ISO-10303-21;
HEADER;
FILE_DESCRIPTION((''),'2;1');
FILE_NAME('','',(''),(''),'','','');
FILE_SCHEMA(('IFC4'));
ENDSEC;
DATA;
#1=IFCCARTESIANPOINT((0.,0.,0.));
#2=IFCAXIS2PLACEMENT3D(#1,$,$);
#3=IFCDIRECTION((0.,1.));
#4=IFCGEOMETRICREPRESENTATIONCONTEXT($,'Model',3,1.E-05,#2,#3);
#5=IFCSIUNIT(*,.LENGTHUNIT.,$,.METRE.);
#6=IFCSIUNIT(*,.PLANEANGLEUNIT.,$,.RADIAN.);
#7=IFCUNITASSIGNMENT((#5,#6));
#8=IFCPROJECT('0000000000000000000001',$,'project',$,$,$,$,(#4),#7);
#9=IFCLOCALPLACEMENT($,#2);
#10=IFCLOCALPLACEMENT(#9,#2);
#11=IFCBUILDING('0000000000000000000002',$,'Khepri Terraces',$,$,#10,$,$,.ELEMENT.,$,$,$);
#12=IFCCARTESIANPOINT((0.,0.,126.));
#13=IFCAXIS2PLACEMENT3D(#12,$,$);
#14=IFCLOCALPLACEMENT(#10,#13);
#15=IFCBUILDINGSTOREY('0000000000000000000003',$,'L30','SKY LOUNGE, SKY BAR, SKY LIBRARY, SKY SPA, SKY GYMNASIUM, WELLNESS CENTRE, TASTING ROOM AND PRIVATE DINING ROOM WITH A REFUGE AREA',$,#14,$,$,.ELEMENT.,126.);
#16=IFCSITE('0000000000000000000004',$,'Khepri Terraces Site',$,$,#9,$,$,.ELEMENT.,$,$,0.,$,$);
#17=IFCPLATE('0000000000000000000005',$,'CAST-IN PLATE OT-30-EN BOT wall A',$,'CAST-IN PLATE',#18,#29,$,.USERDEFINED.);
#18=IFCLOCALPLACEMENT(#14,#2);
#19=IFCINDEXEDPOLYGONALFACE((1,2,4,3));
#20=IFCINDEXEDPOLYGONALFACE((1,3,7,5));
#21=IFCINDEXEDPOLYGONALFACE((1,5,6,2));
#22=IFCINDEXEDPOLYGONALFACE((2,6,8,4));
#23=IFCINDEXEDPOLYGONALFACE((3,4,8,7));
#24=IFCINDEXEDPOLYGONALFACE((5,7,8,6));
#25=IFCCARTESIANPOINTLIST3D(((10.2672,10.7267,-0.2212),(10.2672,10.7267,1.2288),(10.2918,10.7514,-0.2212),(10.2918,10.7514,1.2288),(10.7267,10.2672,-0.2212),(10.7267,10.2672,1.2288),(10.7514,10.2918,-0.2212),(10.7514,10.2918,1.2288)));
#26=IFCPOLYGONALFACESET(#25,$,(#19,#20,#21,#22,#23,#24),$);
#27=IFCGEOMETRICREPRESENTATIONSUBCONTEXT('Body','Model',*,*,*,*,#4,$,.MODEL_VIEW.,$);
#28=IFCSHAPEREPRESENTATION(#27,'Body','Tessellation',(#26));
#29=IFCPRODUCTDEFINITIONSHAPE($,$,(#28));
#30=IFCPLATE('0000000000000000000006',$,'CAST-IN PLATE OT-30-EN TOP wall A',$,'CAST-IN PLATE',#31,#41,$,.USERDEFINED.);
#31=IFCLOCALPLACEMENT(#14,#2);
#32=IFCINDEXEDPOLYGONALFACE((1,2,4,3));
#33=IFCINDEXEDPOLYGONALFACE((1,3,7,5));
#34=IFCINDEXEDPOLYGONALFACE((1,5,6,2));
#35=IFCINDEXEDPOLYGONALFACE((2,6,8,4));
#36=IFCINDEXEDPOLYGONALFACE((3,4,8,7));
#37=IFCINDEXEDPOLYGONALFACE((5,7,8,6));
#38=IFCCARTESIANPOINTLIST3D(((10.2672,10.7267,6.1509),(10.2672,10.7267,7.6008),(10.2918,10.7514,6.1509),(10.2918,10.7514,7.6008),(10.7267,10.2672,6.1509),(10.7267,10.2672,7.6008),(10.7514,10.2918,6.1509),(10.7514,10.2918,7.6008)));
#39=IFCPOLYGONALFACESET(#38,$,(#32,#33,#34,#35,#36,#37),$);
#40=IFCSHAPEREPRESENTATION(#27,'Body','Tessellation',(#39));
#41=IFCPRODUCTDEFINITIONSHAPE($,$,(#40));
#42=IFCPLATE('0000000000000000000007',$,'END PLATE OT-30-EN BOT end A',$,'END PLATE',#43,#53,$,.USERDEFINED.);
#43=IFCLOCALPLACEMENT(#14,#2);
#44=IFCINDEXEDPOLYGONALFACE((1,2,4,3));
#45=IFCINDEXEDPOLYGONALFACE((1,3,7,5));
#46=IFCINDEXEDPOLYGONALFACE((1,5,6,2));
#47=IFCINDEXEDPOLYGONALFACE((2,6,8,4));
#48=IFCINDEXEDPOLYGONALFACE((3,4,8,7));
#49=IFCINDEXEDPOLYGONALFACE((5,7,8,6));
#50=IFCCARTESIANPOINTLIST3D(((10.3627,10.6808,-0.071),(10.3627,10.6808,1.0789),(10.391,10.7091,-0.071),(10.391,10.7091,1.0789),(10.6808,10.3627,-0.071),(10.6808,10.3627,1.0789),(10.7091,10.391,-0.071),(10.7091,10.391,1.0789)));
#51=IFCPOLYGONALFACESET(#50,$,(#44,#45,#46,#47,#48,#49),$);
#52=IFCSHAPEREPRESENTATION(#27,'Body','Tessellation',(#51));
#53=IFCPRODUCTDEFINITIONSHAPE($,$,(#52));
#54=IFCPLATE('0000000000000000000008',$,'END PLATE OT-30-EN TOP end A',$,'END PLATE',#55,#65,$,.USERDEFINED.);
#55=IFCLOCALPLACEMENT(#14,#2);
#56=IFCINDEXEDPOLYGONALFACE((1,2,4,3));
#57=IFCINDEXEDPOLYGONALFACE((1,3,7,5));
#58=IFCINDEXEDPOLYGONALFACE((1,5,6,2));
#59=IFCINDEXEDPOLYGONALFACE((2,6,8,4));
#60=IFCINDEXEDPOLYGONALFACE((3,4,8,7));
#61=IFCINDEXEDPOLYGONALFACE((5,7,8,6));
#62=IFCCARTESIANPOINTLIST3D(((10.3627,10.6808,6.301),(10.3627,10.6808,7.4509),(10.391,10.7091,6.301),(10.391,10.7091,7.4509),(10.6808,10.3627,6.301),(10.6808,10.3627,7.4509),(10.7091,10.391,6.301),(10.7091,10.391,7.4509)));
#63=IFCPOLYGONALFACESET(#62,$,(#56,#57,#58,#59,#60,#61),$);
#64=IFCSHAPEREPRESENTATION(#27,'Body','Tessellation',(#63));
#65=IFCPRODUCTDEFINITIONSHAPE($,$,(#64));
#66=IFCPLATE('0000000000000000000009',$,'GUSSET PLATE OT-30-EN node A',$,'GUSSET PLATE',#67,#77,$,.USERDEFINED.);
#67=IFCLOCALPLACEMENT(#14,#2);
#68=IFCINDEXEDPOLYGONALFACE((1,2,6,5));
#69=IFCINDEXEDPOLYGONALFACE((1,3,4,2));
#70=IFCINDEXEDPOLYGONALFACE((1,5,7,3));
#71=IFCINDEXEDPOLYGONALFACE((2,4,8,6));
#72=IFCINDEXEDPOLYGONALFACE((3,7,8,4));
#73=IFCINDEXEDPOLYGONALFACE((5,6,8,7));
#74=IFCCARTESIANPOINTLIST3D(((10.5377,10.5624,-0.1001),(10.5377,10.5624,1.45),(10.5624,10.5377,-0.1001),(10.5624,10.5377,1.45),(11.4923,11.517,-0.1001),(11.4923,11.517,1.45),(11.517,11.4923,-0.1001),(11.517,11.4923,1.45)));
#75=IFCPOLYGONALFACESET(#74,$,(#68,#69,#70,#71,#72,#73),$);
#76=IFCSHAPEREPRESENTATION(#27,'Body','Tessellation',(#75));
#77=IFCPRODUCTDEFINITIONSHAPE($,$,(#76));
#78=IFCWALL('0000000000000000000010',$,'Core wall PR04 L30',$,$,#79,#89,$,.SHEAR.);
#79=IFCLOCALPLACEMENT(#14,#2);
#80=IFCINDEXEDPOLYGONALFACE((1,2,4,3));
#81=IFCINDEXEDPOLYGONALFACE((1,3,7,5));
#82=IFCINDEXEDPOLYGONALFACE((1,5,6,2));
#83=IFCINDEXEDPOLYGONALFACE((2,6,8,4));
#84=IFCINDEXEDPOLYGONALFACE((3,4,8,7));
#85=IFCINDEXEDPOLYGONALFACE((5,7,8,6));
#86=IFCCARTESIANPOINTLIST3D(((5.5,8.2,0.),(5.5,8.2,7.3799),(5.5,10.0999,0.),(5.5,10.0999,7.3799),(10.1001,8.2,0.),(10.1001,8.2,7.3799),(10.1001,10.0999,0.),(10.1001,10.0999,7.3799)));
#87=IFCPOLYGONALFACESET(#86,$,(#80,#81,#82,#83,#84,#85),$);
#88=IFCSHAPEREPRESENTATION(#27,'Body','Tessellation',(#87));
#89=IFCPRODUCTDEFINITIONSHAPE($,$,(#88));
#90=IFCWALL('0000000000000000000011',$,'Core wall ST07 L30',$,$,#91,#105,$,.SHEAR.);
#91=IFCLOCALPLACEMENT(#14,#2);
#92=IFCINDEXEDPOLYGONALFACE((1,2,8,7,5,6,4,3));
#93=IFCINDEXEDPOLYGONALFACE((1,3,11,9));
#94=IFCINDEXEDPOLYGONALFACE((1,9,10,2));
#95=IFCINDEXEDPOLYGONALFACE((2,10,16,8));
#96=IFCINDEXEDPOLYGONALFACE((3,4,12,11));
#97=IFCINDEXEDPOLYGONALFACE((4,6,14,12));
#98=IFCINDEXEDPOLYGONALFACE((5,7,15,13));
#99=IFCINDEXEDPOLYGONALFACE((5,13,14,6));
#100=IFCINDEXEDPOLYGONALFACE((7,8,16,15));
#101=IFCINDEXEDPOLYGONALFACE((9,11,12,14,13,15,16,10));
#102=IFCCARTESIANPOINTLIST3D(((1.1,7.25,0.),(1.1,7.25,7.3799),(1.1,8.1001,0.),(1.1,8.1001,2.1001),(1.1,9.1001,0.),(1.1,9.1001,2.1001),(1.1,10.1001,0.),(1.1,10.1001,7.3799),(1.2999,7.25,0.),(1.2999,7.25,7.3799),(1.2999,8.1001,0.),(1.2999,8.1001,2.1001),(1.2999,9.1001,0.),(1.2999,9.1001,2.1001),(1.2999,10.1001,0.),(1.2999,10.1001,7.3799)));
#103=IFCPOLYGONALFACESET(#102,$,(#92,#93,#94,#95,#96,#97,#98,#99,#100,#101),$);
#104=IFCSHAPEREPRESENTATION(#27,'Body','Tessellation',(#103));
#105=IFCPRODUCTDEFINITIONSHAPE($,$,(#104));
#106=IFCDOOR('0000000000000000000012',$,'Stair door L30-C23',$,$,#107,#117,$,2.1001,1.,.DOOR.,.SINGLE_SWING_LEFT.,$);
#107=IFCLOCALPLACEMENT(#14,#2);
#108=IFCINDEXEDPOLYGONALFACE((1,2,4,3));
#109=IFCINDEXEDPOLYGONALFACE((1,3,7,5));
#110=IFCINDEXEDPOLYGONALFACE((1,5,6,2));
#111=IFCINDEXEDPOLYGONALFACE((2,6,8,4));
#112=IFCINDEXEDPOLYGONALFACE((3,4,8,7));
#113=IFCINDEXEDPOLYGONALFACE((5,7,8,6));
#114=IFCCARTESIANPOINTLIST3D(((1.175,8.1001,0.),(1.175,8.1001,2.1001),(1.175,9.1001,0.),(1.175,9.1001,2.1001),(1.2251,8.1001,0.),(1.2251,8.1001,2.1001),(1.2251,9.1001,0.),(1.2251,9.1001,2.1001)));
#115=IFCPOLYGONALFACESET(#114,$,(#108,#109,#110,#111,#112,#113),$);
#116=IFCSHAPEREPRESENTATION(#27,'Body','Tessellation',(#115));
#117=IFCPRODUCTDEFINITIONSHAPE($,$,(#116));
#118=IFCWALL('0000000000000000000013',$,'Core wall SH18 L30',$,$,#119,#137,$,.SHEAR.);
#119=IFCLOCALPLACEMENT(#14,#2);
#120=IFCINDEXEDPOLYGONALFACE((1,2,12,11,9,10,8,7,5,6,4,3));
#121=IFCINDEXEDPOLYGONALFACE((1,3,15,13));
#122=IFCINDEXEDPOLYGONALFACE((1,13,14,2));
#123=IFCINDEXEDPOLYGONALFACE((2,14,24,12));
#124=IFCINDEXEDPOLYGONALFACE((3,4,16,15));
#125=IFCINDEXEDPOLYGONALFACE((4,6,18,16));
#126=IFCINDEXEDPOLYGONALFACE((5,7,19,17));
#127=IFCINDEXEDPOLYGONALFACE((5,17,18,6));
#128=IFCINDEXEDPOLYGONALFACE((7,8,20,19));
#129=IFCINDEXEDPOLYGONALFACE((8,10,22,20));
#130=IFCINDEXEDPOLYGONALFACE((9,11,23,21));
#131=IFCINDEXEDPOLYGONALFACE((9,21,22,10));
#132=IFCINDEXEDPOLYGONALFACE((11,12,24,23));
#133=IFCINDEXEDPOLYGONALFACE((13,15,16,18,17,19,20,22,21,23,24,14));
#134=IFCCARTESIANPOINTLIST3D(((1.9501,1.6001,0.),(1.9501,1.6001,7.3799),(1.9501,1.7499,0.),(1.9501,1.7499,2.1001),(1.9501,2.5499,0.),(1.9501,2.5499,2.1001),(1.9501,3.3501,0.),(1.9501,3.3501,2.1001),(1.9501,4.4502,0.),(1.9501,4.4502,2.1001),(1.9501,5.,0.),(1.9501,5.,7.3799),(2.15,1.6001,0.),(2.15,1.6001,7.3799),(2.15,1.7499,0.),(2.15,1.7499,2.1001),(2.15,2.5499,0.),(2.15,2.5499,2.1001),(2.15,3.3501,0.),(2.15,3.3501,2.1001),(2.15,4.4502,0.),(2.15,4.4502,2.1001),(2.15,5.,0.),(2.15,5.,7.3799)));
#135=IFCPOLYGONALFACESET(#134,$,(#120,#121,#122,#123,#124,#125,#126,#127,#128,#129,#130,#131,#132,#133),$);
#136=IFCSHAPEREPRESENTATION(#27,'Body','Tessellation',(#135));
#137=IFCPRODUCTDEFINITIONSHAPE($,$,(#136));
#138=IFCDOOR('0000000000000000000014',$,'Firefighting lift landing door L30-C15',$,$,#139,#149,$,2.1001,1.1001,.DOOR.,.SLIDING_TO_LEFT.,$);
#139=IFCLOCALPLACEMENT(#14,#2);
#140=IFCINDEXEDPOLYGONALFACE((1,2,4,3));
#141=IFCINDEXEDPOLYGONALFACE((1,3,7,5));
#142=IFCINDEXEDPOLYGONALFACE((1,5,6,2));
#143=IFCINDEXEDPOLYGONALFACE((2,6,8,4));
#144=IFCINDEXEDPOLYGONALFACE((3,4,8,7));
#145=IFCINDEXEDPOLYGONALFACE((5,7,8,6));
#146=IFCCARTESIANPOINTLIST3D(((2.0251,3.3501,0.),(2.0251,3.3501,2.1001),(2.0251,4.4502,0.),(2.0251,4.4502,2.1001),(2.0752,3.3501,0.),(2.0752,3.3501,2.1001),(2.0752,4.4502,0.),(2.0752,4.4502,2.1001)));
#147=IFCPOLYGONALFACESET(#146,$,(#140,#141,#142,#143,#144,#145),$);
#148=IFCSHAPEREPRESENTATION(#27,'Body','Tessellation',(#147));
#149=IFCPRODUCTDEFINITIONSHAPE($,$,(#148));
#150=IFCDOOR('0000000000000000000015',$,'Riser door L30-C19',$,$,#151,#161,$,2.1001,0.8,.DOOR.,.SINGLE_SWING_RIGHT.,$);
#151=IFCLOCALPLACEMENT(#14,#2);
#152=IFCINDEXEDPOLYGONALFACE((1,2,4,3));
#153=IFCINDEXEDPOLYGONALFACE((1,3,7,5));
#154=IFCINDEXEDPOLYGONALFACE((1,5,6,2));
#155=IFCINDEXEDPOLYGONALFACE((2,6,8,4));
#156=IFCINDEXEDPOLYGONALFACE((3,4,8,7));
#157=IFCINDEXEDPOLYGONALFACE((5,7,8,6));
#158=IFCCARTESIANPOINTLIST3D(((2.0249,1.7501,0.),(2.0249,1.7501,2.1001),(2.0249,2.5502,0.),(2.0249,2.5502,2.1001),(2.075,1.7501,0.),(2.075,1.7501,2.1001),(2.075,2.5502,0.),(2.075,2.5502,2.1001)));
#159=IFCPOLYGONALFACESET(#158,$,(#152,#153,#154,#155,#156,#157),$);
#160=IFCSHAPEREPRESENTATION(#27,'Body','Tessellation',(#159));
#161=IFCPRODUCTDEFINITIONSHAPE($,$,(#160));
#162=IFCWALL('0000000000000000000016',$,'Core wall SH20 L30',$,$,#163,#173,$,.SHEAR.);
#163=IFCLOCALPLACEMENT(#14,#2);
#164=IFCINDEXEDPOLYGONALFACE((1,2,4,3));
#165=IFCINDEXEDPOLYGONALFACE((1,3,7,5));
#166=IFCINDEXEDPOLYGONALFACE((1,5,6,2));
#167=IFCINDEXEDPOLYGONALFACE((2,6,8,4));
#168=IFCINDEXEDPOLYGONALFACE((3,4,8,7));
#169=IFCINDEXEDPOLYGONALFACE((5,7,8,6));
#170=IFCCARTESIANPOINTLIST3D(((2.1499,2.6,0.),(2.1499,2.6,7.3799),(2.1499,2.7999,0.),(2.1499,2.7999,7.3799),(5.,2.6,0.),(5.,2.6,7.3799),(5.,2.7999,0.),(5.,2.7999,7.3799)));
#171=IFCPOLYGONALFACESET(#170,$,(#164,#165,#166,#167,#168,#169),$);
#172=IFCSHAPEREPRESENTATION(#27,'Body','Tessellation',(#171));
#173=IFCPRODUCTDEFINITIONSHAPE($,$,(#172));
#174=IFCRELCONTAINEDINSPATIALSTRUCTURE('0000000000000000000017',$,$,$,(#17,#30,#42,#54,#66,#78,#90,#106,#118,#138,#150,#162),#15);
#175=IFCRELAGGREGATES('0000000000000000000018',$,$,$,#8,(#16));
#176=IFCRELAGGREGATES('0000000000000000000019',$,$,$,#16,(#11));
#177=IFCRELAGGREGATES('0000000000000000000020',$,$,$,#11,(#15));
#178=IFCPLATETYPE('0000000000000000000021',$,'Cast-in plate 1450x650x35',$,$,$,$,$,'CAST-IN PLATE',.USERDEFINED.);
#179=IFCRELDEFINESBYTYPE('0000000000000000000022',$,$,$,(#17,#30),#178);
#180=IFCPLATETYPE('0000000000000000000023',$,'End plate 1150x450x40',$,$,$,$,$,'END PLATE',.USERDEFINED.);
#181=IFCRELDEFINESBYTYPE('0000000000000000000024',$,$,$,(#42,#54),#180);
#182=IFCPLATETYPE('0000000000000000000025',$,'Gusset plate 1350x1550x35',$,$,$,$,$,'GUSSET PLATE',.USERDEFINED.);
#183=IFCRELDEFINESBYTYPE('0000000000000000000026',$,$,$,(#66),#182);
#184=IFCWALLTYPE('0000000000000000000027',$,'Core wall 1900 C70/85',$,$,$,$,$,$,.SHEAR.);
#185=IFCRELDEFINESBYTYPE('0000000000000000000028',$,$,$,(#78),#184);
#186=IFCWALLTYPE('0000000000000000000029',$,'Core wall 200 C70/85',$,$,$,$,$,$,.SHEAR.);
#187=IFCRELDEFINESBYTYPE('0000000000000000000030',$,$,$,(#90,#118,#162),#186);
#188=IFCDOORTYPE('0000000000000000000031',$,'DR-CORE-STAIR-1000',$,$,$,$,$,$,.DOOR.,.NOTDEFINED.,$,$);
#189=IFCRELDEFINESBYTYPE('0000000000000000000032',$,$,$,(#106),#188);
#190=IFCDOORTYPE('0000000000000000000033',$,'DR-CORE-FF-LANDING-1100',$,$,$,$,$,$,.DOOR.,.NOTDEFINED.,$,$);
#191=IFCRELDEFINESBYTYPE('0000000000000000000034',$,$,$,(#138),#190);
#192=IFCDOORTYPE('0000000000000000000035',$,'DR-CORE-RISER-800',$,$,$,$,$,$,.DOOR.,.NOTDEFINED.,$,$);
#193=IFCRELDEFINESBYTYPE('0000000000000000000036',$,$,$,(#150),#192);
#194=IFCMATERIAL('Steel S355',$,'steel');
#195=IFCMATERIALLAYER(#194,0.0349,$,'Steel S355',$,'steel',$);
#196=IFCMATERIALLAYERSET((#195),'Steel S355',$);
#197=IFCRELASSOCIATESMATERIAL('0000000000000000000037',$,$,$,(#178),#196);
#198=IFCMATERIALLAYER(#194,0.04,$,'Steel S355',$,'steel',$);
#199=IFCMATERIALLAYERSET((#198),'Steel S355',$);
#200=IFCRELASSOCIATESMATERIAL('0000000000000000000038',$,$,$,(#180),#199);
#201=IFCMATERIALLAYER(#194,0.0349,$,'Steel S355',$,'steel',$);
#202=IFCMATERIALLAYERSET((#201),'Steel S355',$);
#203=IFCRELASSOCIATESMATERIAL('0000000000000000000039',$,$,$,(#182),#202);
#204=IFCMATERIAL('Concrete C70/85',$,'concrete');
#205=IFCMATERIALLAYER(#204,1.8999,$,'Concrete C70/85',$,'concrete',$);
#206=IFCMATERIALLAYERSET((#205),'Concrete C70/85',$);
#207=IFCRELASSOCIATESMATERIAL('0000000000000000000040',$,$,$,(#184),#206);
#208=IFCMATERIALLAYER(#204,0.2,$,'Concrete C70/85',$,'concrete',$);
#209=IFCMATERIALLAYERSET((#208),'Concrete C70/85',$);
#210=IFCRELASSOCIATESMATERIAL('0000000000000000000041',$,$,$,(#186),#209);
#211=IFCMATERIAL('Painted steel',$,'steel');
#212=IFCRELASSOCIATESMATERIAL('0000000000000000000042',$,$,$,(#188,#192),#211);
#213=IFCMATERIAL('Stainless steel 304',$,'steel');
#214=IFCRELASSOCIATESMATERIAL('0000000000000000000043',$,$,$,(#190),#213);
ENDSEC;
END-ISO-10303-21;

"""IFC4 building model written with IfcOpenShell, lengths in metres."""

from ifc_helpers import new_model, si_unit, direction, frame, frame_2d, origin, origin_2d, place, context, subcontext, project, spatial, rectangle, extrude, material, layer, layer_set, type_object, element, fill, save


model = new_model("IFC4")

# Units and contexts
model_context = context("Model", 3, precision=1e-05, world=origin(), true_north=direction((0.0, 1.0)))
body_context = subcontext(model_context, "Body", "Model", "MODEL_VIEW")
ifc_project = project(units=[si_unit("LENGTHUNIT", "METRE"), si_unit("PLANEANGLEUNIT", "RADIAN")], contexts=[model_context])

# Site, building, storey
site_placement = place(None, origin())
site = spatial("IfcSite", under=ifc_project, at=site_placement, Name="Khepri Terraces Site", CompositionType="ELEMENT", RefElevation=0.0)
building_placement = place(site_placement, origin())
building = spatial("IfcBuilding", under=site, at=building_placement, Name="Khepri Terraces", CompositionType="ELEMENT")
storey_placement = place(building_placement, frame((0.0, 0.0, 126.0)))
storey = spatial("IfcBuildingStorey", under=building, at=storey_placement, Name="L30", Description="SKY LOUNGE, SKY BAR, SKY LIBRARY, SKY SPA, SKY GYMNASIUM, WELLNESS CENTRE, TASTING ROOM AND PRIVATE DINING ROOM WITH A REFUGE AREA", CompositionType="ELEMENT", Elevation=126.0)

# Shared definitions
ifc_material_1 = material(Name="Steel S355", Category="steel")

# Plates
ifc_layer_1 = layer(ifc_material_1, 0.0349, Name="Steel S355", Category="steel")
ifc_layer_set_1 = layer_set([ifc_layer_1], Name="Steel S355")
plate_type_1 = type_object("IfcPlateType", Name="Cast-in plate 1450x650x35", ElementType="CAST-IN PLATE", PredefinedType="USERDEFINED", material=ifc_layer_set_1)
for number, where, z_axis, x_axis, name in (
    (1, (10.5093, 10.5093, -0.2212), (0.0, 0.0, 1.0), (0.707107, 0.707107, 0.0), "CAST-IN PLATE OT-30-EN BOT wall A"),
    (2, (10.5093, 10.5093, 6.1509), (0.0, 0.0, 1.0), (0.707107, 0.707107, 0.0), "CAST-IN PLATE OT-30-EN TOP wall A"),
):
    element("IfcPlate", number, at=place(storey_placement, frame(where, z_axis=z_axis, x_axis=x_axis)), inside=storey, type_object=plate_type_1, Name=name, ObjectType="CAST-IN PLATE", PredefinedType="USERDEFINED", context=body_context, shape_type="SweptSolid", body=[
        extrude(rectangle(XDim=0.0349, YDim=0.6499, at=origin_2d()), origin(), (0.0, 0.0, 1.0), 1.45),
    ])
ifc_layer_2 = layer(ifc_material_1, 0.04, Name="Steel S355", Category="steel")
ifc_layer_set_2 = layer_set([ifc_layer_2], Name="Steel S355")
plate_type_2 = type_object("IfcPlateType", Name="End plate 1150x450x40", ElementType="END PLATE", PredefinedType="USERDEFINED", material=ifc_layer_set_2)
for number, where, z_axis, x_axis, name in (
    (3, (10.5359, 10.5359, -0.071), (0.0, 0.0, 1.0), (0.707107, 0.707107, 0.0), "END PLATE OT-30-EN BOT end A"),
    (4, (10.5359, 10.5359, 6.301), (0.0, 0.0, 1.0), (0.707107, 0.707107, 0.0), "END PLATE OT-30-EN TOP end A"),
):
    element("IfcPlate", number, at=place(storey_placement, frame(where, z_axis=z_axis, x_axis=x_axis)), inside=storey, type_object=plate_type_2, Name=name, ObjectType="END PLATE", PredefinedType="USERDEFINED", context=body_context, shape_type="SweptSolid", body=[
        extrude(rectangle(XDim=0.04, YDim=0.45, at=origin_2d()), origin(), (0.0, 0.0, 1.0), 1.1499),
    ])
ifc_layer_3 = layer(ifc_material_1, 0.0349, Name="Steel S355", Category="steel")
ifc_layer_set_3 = layer_set([ifc_layer_3], Name="Steel S355")
plate_type_3 = type_object("IfcPlateType", Name="Gusset plate 1350x1550x35", ElementType="GUSSET PLATE", PredefinedType="USERDEFINED", material=ifc_layer_set_3)
plate_placement = place(storey_placement, frame((11.0273, 11.0273, -0.1001), z_axis=(0.0, 0.0, 1.0), x_axis=(0.707107, 0.707107, 0.0)))
element("IfcPlate", 5, at=plate_placement, inside=storey, type_object=plate_type_3, Name="GUSSET PLATE OT-30-EN node A", ObjectType="GUSSET PLATE", PredefinedType="USERDEFINED", context=body_context, shape_type="SweptSolid", body=[
    extrude(rectangle(XDim=1.3501, YDim=0.0349, at=origin_2d()), origin(), (0.0, 0.0, 1.0), 1.55),
])

# Wall
ifc_material_2 = material(Name="Concrete C70/85", Category="concrete")
ifc_layer_4 = layer(ifc_material_2, 1.8999, Name="Concrete C70/85", Category="concrete")
ifc_layer_set_4 = layer_set([ifc_layer_4], Name="Concrete C70/85")
wall_type_1 = type_object("IfcWallType", Name="Core wall 1900 C70/85", PredefinedType="SHEAR", material=ifc_layer_set_4)
wall_1_placement = place(storey_placement, frame((5.5, 9.1499, 0.0), z_axis=(0.0, 0.0, 1.0), x_axis=(1.0, 0.0, 0.0)))
element("IfcWall", 6, at=wall_1_placement, inside=storey, type_object=wall_type_1, Name="Core wall PR04 L30", PredefinedType="SHEAR", context=body_context, shape_type="SweptSolid", body=[
    extrude(rectangle(XDim=4.6001, YDim=1.8999, at=frame_2d((2.3, 0.0))), origin(), (0.0, 0.0, 1.0), 7.3799),
])

# Wall, opening, door
ifc_layer_5 = layer(ifc_material_2, 0.2, Name="Concrete C70/85", Category="concrete")
ifc_layer_set_5 = layer_set([ifc_layer_5], Name="Concrete C70/85")
wall_type_2 = type_object("IfcWallType", Name="Core wall 200 C70/85", PredefinedType="SHEAR", material=ifc_layer_set_5)
wall_2_placement = place(storey_placement, frame((1.2, 7.25, 0.0), z_axis=(0.0, 0.0, 1.0), x_axis=(0.0, 1.0, 0.0)))
wall_2 = element("IfcWall", 7, at=wall_2_placement, inside=storey, type_object=wall_type_2, Name="Core wall ST07 L30", PredefinedType="SHEAR", context=body_context, shape_type="SweptSolid", body=[
    extrude(rectangle(XDim=2.8501, YDim=0.2, at=frame_2d((1.425, 0.0))), origin(), (0.0, 0.0, 1.0), 7.3799),
])
opening_1_placement = place(wall_2_placement, frame((0.8501, 0.0, 0.0)))
opening_1 = element("IfcOpeningElement", 8, at=opening_1_placement, cuts=wall_2, PredefinedType="OPENING", context=body_context, shape_type="SweptSolid", body=[
    extrude(rectangle(XDim=1.0, YDim=2.1001, at=frame_2d((0.5, 1.05))), frame((0.0, 0.1099, 0.0), z_axis=(0.0, -1.0, 0.0), x_axis=(1.0, 0.0, 0.0)), (0.0, 0.0, 1.0), 0.22),
])
ifc_material_3 = material(Name="Painted steel", Category="steel")
door_type_1 = type_object("IfcDoorType", Name="DR-CORE-STAIR-1000", OperationType="NOTDEFINED", PredefinedType="DOOR", material=ifc_material_3)
door_1_placement = place(opening_1_placement, origin())
door_1 = element("IfcDoor", 9, at=door_1_placement, inside=storey, type_object=door_type_1, Name="Stair door L30-C23", OperationType="SINGLE_SWING_LEFT", OverallHeight=2.1001, OverallWidth=1.0, PredefinedType="DOOR", context=body_context, shape_type="SweptSolid", body=[
    extrude(rectangle(XDim=1.0, YDim=2.1001, at=frame_2d((0.5, 1.05))), frame((0.0, 0.0249, 0.0), z_axis=(0.0, -1.0, 0.0), x_axis=(1.0, 0.0, 0.0)), (0.0, 0.0, 1.0), 0.05),
])
fill(opening_1, door_1)

# Wall, openings, doors
wall_3_placement = place(storey_placement, frame((2.05, 1.6001, 0.0), z_axis=(0.0, 0.0, 1.0), x_axis=(0.0, 1.0, 0.0)))
wall_3 = element("IfcWall", 10, at=wall_3_placement, inside=storey, type_object=wall_type_2, Name="Core wall SH18 L30", PredefinedType="SHEAR", context=body_context, shape_type="SweptSolid", body=[
    extrude(rectangle(XDim=3.3999, YDim=0.2, at=frame_2d((1.7, 0.0))), origin(), (0.0, 0.0, 1.0), 7.3799),
])
opening_2_placement = place(wall_3_placement, frame((1.75, 0.0, 0.0)))
opening_2 = element("IfcOpeningElement", 11, at=opening_2_placement, cuts=wall_3, PredefinedType="OPENING", context=body_context, shape_type="SweptSolid", body=[
    extrude(rectangle(XDim=1.1001, YDim=2.1001, at=frame_2d((0.55, 1.05))), frame((0.0, 0.1099, 0.0), z_axis=(0.0, -1.0, 0.0), x_axis=(1.0, 0.0, 0.0)), (0.0, 0.0, 1.0), 0.22),
])
opening_3_placement = place(wall_3_placement, frame((0.1499, 0.0, 0.0)))
opening_3 = element("IfcOpeningElement", 12, at=opening_3_placement, cuts=wall_3, PredefinedType="OPENING", context=body_context, shape_type="SweptSolid", body=[
    extrude(rectangle(XDim=0.8, YDim=2.1001, at=frame_2d((0.3999, 1.05))), frame((0.0, 0.1099, 0.0), z_axis=(0.0, -1.0, 0.0), x_axis=(1.0, 0.0, 0.0)), (0.0, 0.0, 1.0), 0.22),
])
ifc_material_4 = material(Name="Stainless steel 304", Category="steel")
door_type_2 = type_object("IfcDoorType", Name="DR-CORE-FF-LANDING-1100", OperationType="NOTDEFINED", PredefinedType="DOOR", material=ifc_material_4)
door_2_placement = place(opening_2_placement, origin())
door_2 = element("IfcDoor", 13, at=door_2_placement, inside=storey, type_object=door_type_2, Name="Firefighting lift landing door L30-C15", OperationType="SLIDING_TO_LEFT", OverallHeight=2.1001, OverallWidth=1.1001, PredefinedType="DOOR", context=body_context, shape_type="SweptSolid", body=[
    extrude(rectangle(XDim=1.1001, YDim=2.1001, at=frame_2d((0.55, 1.05))), frame((0.0, 0.0249, 0.0), z_axis=(0.0, -1.0, 0.0), x_axis=(1.0, 0.0, 0.0)), (0.0, 0.0, 1.0), 0.05),
])
fill(opening_2, door_2)
door_type_3 = type_object("IfcDoorType", Name="DR-CORE-RISER-800", OperationType="NOTDEFINED", PredefinedType="DOOR", material=ifc_material_3)
door_3_placement = place(opening_3_placement, frame((0.8, 0.0, 0.0), z_axis=(0.0, 0.0, 1.0), x_axis=(-1.0, 0.0, 0.0)))
door_3 = element("IfcDoor", 14, at=door_3_placement, inside=storey, type_object=door_type_3, Name="Riser door L30-C19", OperationType="SINGLE_SWING_RIGHT", OverallHeight=2.1001, OverallWidth=0.8, PredefinedType="DOOR", context=body_context, shape_type="SweptSolid", body=[
    extrude(rectangle(XDim=0.8, YDim=2.1001, at=frame_2d((0.3999, 1.05))), frame((0.0, 0.0249, 0.0), z_axis=(0.0, -1.0, 0.0), x_axis=(1.0, 0.0, 0.0)), (0.0, 0.0, 1.0), 0.05),
])
fill(opening_3, door_3)

# Wall
wall_4_placement = place(storey_placement, frame((2.1499, 2.7, 0.0), z_axis=(0.0, 0.0, 1.0), x_axis=(1.0, 0.0, 0.0)))
element("IfcWall", 15, at=wall_4_placement, inside=storey, type_object=wall_type_2, Name="Core wall SH20 L30", PredefinedType="SHEAR", context=body_context, shape_type="SweptSolid", body=[
    extrude(rectangle(XDim=2.8501, YDim=0.2, at=frame_2d((1.425, 0.0))), origin(), (0.0, 0.0, 1.0), 7.3799),
])

save(model, "model.ifc")
